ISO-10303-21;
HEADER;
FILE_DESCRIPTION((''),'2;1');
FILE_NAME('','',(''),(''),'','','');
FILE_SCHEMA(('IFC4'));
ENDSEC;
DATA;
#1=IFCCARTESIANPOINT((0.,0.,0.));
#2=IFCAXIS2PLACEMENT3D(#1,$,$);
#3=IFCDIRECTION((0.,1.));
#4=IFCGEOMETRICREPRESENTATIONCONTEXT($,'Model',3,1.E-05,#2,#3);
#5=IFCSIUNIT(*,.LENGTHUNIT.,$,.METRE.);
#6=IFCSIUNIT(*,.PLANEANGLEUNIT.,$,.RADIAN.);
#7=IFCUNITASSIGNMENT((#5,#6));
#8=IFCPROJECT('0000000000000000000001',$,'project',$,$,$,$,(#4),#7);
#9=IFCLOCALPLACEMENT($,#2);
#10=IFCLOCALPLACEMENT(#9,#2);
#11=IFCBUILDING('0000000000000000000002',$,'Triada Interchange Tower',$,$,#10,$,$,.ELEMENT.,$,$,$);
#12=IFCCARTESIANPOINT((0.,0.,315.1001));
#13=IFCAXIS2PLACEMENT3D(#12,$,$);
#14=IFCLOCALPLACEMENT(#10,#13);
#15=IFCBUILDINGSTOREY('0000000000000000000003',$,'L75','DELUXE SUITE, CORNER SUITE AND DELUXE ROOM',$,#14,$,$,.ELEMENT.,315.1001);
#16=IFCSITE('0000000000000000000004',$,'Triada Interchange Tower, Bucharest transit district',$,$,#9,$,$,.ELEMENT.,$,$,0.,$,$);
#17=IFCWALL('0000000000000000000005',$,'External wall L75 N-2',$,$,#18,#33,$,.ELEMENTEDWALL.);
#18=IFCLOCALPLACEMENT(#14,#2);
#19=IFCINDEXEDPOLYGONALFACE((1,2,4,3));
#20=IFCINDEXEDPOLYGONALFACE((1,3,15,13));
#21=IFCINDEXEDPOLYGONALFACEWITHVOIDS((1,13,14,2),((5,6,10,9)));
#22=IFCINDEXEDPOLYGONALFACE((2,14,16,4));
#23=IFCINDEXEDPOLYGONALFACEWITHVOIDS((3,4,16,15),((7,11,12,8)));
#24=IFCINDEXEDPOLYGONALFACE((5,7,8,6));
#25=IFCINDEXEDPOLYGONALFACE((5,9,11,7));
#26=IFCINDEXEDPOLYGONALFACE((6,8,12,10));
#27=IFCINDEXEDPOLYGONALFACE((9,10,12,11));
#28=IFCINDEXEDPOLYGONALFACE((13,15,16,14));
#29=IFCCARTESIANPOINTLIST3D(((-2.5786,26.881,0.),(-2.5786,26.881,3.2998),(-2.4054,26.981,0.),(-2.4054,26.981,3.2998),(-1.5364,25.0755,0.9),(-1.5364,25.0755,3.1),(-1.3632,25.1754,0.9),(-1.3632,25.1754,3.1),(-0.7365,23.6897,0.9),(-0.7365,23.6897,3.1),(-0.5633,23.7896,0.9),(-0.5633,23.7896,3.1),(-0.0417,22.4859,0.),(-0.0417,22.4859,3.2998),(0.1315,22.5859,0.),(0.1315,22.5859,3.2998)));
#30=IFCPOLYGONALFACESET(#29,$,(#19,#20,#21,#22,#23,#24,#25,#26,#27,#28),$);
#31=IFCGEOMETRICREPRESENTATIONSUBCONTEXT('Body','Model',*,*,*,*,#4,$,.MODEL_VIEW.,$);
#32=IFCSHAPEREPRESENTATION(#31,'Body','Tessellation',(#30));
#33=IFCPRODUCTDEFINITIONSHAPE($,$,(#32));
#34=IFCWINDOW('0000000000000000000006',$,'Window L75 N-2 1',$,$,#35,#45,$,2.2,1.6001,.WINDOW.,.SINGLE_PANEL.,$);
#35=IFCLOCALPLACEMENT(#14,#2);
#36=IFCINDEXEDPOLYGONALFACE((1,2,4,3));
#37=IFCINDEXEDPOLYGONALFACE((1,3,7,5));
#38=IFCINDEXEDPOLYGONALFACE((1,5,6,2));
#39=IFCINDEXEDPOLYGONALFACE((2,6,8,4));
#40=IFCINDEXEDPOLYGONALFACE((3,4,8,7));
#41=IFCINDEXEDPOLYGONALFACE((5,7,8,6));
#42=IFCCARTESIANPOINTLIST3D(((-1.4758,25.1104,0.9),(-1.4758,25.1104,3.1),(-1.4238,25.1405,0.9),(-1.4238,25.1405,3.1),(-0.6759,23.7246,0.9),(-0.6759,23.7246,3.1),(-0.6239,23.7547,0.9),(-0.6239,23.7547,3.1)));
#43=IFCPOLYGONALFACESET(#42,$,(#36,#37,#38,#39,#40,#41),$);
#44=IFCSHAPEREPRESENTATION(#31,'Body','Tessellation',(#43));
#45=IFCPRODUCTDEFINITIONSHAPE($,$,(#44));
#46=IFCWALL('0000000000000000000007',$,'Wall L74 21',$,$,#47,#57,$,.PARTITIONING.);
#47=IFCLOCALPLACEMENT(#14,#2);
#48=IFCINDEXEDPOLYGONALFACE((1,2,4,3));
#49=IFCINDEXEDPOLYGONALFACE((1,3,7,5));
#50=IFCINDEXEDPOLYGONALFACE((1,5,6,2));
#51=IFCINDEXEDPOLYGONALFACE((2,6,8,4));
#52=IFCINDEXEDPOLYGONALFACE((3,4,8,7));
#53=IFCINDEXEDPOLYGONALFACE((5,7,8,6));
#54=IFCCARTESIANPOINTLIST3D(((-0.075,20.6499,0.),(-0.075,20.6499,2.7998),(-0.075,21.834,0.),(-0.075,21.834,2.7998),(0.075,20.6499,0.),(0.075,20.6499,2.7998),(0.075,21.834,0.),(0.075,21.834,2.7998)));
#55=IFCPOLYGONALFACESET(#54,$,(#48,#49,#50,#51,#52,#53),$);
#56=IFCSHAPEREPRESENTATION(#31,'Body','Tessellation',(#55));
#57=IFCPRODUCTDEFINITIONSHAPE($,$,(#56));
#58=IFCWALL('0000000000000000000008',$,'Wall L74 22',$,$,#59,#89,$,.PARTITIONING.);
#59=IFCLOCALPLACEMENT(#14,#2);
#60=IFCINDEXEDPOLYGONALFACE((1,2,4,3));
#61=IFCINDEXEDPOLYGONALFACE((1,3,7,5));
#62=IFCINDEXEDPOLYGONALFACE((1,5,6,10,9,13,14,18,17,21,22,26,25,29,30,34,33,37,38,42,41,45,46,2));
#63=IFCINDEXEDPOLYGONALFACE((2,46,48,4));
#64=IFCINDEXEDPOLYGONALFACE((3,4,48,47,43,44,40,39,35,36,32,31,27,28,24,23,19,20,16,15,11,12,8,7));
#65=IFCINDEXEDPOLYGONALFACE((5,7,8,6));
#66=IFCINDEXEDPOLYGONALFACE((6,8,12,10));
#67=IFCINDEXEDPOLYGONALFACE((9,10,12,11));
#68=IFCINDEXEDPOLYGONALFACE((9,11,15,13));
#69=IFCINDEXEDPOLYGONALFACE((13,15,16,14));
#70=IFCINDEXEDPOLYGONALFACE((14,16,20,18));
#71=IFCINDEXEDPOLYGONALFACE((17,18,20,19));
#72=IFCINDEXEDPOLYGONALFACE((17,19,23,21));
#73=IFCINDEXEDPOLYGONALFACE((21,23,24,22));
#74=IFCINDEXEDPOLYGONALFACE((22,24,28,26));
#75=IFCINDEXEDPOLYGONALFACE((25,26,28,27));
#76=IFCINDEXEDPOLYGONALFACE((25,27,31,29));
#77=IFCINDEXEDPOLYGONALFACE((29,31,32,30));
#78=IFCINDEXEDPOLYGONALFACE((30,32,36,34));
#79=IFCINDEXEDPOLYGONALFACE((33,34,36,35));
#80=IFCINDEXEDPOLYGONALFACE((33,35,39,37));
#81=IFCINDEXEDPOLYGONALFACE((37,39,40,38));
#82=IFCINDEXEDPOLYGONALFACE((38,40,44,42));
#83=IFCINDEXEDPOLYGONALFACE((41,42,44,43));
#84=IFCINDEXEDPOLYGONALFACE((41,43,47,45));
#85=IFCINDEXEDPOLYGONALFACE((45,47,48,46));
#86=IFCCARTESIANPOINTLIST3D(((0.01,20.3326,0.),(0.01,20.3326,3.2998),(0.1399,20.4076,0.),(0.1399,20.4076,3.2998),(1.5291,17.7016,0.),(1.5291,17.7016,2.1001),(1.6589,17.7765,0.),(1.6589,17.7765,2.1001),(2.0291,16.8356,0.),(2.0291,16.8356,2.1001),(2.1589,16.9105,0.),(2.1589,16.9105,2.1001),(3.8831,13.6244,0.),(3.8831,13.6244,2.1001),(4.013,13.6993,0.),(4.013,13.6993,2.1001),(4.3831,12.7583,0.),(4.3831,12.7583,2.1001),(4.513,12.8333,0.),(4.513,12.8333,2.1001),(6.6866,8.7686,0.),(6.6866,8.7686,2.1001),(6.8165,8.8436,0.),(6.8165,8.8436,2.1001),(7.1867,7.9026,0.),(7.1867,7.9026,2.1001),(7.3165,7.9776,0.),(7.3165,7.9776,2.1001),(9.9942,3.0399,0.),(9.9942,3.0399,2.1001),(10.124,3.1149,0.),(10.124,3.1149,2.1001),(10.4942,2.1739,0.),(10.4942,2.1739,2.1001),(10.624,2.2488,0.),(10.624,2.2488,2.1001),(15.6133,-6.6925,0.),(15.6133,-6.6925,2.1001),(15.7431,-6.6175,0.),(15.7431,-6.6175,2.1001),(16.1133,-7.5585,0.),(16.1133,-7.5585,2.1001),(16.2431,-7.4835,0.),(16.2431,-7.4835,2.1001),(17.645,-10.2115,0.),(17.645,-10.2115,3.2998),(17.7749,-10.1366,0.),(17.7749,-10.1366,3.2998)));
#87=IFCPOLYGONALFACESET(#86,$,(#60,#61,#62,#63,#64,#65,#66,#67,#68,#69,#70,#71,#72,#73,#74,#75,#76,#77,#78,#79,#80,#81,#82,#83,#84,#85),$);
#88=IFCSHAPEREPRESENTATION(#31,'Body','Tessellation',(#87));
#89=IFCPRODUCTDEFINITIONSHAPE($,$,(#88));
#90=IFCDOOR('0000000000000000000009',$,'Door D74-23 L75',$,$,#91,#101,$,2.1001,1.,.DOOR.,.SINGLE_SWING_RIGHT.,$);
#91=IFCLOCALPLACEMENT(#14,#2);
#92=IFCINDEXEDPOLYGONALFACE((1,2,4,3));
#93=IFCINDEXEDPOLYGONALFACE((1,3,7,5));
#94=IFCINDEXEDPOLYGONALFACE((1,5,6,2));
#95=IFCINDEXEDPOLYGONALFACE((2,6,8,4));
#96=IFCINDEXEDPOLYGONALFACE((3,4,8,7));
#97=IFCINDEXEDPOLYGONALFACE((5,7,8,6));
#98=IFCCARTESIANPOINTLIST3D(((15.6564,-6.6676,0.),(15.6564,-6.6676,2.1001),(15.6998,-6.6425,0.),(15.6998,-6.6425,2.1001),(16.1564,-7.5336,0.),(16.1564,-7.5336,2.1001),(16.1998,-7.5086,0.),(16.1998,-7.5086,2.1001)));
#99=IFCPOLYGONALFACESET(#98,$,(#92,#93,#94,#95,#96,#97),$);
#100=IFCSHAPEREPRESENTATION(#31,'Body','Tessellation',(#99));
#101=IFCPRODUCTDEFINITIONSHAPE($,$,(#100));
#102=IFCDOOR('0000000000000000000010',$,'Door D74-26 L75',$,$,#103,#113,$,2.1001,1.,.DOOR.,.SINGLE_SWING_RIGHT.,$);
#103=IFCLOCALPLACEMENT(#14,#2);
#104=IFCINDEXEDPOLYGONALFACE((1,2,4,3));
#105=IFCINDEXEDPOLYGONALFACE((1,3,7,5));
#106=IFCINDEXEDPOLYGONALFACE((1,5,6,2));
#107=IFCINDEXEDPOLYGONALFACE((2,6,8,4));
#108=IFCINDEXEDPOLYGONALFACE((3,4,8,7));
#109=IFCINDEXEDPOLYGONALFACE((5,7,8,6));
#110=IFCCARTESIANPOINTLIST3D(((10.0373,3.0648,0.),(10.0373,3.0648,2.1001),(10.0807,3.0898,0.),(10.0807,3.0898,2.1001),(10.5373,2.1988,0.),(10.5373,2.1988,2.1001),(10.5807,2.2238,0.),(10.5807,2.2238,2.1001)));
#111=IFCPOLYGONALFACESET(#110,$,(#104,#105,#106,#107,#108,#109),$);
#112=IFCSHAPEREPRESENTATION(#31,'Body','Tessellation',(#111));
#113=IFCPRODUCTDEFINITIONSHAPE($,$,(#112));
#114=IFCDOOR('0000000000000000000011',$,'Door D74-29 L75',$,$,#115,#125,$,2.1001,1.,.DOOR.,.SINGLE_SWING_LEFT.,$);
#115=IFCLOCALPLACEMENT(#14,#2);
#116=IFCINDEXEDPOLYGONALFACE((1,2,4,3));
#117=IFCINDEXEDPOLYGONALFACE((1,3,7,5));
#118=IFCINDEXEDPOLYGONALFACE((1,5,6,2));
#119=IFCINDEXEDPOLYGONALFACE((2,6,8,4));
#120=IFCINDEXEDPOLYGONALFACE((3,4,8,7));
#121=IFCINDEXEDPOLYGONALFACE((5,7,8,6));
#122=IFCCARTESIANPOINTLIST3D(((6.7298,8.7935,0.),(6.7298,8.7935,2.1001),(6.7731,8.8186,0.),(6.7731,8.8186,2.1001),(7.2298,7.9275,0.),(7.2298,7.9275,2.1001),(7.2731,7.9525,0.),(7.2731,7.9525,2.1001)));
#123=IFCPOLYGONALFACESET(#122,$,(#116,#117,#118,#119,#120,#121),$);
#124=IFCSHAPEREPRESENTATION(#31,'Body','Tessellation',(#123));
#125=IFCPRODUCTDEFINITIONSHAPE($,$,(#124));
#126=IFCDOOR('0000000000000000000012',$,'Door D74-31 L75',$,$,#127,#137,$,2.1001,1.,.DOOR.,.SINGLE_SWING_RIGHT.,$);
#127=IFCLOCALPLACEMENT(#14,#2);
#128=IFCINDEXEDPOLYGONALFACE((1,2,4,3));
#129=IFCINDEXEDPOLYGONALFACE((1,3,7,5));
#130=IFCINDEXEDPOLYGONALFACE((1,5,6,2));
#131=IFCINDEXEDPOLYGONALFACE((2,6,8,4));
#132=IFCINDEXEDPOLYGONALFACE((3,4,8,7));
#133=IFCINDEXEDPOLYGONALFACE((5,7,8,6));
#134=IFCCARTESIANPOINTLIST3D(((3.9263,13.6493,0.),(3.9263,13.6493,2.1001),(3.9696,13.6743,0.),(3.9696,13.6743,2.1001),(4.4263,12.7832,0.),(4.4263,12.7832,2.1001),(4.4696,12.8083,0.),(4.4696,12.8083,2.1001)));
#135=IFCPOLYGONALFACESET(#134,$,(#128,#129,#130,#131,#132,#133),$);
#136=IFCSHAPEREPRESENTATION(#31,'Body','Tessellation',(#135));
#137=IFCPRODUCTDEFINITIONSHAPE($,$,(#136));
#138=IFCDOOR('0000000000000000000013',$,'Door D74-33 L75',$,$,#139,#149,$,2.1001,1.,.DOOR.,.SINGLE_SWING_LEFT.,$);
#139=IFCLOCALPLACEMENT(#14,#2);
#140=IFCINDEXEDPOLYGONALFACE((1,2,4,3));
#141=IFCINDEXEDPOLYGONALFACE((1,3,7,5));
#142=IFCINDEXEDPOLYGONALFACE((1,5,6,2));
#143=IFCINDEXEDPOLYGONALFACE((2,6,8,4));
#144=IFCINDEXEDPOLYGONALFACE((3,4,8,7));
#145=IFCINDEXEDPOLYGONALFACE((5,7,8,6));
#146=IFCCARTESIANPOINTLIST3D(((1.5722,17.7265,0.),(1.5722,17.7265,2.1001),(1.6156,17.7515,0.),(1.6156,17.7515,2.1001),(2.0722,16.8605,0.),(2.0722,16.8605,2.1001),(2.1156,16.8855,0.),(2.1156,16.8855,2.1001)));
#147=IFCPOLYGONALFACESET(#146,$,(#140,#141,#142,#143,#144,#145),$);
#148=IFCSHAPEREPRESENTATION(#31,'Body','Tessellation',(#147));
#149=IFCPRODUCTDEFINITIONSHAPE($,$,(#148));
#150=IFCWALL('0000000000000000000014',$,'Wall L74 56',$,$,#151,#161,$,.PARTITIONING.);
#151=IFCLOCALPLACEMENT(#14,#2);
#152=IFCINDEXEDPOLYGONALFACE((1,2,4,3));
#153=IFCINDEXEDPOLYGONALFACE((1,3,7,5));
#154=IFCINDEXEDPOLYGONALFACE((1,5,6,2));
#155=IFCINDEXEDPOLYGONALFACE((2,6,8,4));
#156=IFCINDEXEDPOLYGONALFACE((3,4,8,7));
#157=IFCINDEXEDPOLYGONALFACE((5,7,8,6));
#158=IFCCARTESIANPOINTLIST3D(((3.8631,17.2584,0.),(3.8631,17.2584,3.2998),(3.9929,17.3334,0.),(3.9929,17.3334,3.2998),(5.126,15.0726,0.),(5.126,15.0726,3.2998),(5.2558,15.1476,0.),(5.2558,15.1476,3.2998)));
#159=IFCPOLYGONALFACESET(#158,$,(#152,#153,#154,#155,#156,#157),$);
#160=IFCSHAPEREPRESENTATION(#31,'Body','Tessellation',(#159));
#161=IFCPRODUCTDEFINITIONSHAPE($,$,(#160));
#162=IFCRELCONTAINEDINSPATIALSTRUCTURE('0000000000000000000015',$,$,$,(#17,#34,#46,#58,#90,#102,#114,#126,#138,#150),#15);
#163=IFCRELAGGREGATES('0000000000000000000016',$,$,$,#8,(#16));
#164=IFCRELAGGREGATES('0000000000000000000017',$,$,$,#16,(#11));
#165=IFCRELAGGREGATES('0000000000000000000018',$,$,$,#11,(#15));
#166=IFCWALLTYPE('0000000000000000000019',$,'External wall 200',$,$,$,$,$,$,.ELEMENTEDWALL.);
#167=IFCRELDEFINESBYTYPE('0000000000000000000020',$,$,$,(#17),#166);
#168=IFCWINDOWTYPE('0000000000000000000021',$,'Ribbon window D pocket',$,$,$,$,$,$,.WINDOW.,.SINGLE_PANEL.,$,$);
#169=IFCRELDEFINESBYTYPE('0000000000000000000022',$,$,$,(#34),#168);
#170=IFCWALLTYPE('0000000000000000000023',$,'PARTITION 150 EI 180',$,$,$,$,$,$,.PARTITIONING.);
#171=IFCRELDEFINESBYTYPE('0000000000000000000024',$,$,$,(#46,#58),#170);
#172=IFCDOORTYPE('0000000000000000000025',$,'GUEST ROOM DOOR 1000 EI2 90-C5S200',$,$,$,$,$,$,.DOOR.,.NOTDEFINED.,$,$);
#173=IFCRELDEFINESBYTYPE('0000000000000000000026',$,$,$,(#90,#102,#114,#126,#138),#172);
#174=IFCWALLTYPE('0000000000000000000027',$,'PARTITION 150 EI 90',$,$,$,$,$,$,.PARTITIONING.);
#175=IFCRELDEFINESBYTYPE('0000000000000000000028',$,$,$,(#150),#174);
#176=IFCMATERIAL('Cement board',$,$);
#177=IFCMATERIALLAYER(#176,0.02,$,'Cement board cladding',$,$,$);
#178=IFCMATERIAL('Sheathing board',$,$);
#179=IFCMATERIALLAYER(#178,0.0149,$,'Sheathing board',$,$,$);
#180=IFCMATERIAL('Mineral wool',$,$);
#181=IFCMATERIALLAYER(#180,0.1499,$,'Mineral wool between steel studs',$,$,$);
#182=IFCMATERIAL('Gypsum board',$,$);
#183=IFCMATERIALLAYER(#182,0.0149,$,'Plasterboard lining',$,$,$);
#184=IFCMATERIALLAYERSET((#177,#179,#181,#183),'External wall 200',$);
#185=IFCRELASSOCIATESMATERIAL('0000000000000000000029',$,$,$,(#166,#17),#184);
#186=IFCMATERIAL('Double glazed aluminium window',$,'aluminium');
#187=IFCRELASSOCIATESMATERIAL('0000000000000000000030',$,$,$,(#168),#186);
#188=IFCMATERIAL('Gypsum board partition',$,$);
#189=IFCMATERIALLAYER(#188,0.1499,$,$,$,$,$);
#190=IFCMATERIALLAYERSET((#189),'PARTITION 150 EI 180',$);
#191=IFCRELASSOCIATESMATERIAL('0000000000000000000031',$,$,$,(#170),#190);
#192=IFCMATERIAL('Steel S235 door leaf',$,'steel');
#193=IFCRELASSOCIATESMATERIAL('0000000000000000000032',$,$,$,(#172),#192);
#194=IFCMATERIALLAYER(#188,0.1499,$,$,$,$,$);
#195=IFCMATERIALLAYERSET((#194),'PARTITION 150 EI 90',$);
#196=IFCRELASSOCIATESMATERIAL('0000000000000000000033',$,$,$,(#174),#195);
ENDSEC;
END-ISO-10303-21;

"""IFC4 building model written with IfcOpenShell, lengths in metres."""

from ifc_helpers import new_model, si_unit, direction, frame, frame_2d, origin, place, context, subcontext, project, spatial, rectangle, extrude, material, layer, layer_set, layer_usage, type_object, element, fill, save


model = new_model("IFC4")

# Units and contexts
model_context = context("Model", 3, precision=1e-05, world=origin(), true_north=direction((0.0, 1.0)))
body_context = subcontext(model_context, "Body", "Model", "MODEL_VIEW")
ifc_project = project(units=[si_unit("LENGTHUNIT", "METRE"), si_unit("PLANEANGLEUNIT", "RADIAN")], contexts=[model_context])

# Site, building, storey
site_placement = place(None, origin())
site = spatial("IfcSite", under=ifc_project, at=site_placement, Name="Triada Interchange Tower, Bucharest transit district", CompositionType="ELEMENT", RefElevation=0.0)
building_placement = place(site_placement, origin())
building = spatial("IfcBuilding", under=site, at=building_placement, Name="Triada Interchange Tower", CompositionType="ELEMENT")
storey_placement = place(building_placement, frame((0.0, 0.0, 315.1001)))
storey = spatial("IfcBuildingStorey", under=building, at=storey_placement, Name="L75", Description="DELUXE SUITE, CORNER SUITE AND DELUXE ROOM", CompositionType="ELEMENT", Elevation=315.1001)

# Wall, opening, window
ifc_material_1 = material(Name="Cement board")
ifc_layer_1 = layer(ifc_material_1, 0.02, Name="Cement board cladding")
ifc_material_2 = material(Name="Sheathing board")
ifc_layer_2 = layer(ifc_material_2, 0.0149, Name="Sheathing board")
ifc_material_3 = material(Name="Mineral wool")
ifc_layer_3 = layer(ifc_material_3, 0.1499, Name="Mineral wool between steel studs")
ifc_material_4 = material(Name="Gypsum board")
ifc_layer_4 = layer(ifc_material_4, 0.0149, Name="Plasterboard lining")
ifc_layer_set_1 = layer_set([ifc_layer_1, ifc_layer_2, ifc_layer_3, ifc_layer_4], Name="External wall 200")
ifc_layer_usage = layer_usage(ifc_layer_set_1, "AXIS2", "POSITIVE", -0.1001)
wall_type_1 = type_object("IfcWallType", Name="External wall 200", PredefinedType="ELEMENTEDWALL", material=ifc_layer_set_1)
ifc_material_5 = material(Name="Double glazed aluminium window", Category="aluminium")
window_type = type_object("IfcWindowType", Name="Ribbon window D pocket", PartitioningType="SINGLE_PANEL", PredefinedType="WINDOW", material=ifc_material_5)
wall_1_placement = place(storey_placement, frame((0.0449, 22.5359, 0.0), z_axis=(0.0, 0.0, 1.0), x_axis=(-0.499911, 0.866077, 0.0)))
wall_1 = element("IfcWall", 1, at=wall_1_placement, inside=storey, type_object=wall_type_1, material=ifc_layer_usage, Name="External wall L75 N-2", PredefinedType="ELEMENTEDWALL", context=body_context, shape_type="SweptSolid", body=[
    extrude(rectangle(XDim=5.0747, YDim=0.2, at=frame_2d((2.5374, 0.0))), origin(), (0.0, 0.0, 1.0), 3.2998),
])
opening_1_placement = place(wall_1_placement, frame((1.3899, 0.0, 0.8999)))
opening_1 = element("IfcOpeningElement", 2, at=opening_1_placement, cuts=wall_1, PredefinedType="OPENING", context=body_context, shape_type="SweptSolid", body=[
    extrude(rectangle(XDim=1.6001, YDim=2.2, at=frame_2d((0.8, 1.1001))), frame((0.0, 0.1099, 0.0), z_axis=(0.0, -1.0, 0.0), x_axis=(1.0, 0.0, 0.0)), (0.0, 0.0, 1.0), 0.22),
])
window_1_placement = place(opening_1_placement, origin())
window_1 = element("IfcWindow", 3, at=window_1_placement, inside=storey, type_object=window_type, Name="Window L75 N-2 1", OverallHeight=2.2, OverallWidth=1.6001, PartitioningType="SINGLE_PANEL", PredefinedType="WINDOW", context=body_context, shape_type="SweptSolid", body=[
    extrude(rectangle(XDim=1.6001, YDim=2.2, at=frame_2d((0.8, 1.1001))), frame((0.0, 0.03, 0.0), z_axis=(0.0, -1.0, 0.0), x_axis=(1.0, 0.0, 0.0)), (0.0, 0.0, 1.0), 0.0601),
])
fill(opening_1, window_1)

# Wall
ifc_material_6 = material(Name="Gypsum board partition")
ifc_layer_5 = layer(ifc_material_6, 0.1499)
ifc_layer_set_2 = layer_set([ifc_layer_5], Name="PARTITION 150 EI 180")
wall_type_2 = type_object("IfcWallType", Name="PARTITION 150 EI 180", PredefinedType="PARTITIONING", material=ifc_layer_set_2)
wall_2_placement = place(storey_placement, frame((0.0, 20.6499, 0.0), z_axis=(0.0, 0.0, 1.0), x_axis=(0.0, 1.0, 0.0)))
element("IfcWall", 4, at=wall_2_placement, inside=storey, type_object=wall_type_2, Name="Wall L74 21", PredefinedType="PARTITIONING", context=body_context, shape_type="SweptSolid", body=[
    extrude(rectangle(XDim=1.1841, YDim=0.1499, at=frame_2d((0.592, 0.0))), origin(), (0.0, 0.0, 1.0), 2.7998),
])

# Wall, openings, doors
wall_3_placement = place(storey_placement, frame((0.075, 20.3701, 0.0), z_axis=(0.0, 0.0, 1.0), x_axis=(0.500007, -0.866022, 0.0)))
wall_3 = element("IfcWall", 5, at=wall_3_placement, inside=storey, type_object=wall_type_2, Name="Wall L74 22", PredefinedType="PARTITIONING", context=body_context, shape_type="SweptSolid", body=[
    extrude(rectangle(XDim=35.2695, YDim=0.1499, at=frame_2d((17.6348, 0.0))), origin(), (0.0, 0.0, 1.0), 3.2998),
])
opening_2_placement = place(wall_3_placement, frame((31.2061, 0.0, 0.0)))
opening_2 = element("IfcOpeningElement", 6, at=opening_2_placement, cuts=wall_3, PredefinedType="OPENING", context=body_context, shape_type="SweptSolid", body=[
    extrude(rectangle(XDim=1.0, YDim=2.1001, at=frame_2d((0.5, 1.05))), frame((0.0, 0.085, 0.0), z_axis=(0.0, -1.0, 0.0), x_axis=(1.0, 0.0, 0.0)), (0.0, 0.0, 1.0), 0.1699),
])
opening_3_placement = place(wall_3_placement, frame((19.968, 0.0, 0.0)))
opening_3 = element("IfcOpeningElement", 7, at=opening_3_placement, cuts=wall_3, PredefinedType="OPENING", context=body_context, shape_type="SweptSolid", body=[
    extrude(rectangle(XDim=1.0, YDim=2.1001, at=frame_2d((0.5, 1.05))), frame((0.0, 0.085, 0.0), z_axis=(0.0, -1.0, 0.0), x_axis=(1.0, 0.0, 0.0)), (0.0, 0.0, 1.0), 0.1699),
])
opening_4_placement = place(wall_3_placement, frame((13.353, 0.0, 0.0)))
opening_4 = element("IfcOpeningElement", 8, at=opening_4_placement, cuts=wall_3, PredefinedType="OPENING", context=body_context, shape_type="SweptSolid", body=[
    extrude(rectangle(XDim=1.0, YDim=2.1001, at=frame_2d((0.5, 1.05))), frame((0.0, 0.085, 0.0), z_axis=(0.0, -1.0, 0.0), x_axis=(1.0, 0.0, 0.0)), (0.0, 0.0, 1.0), 0.1699),
])
opening_5_placement = place(wall_3_placement, frame((7.7461, 0.0, 0.0)))
opening_5 = element("IfcOpeningElement", 9, at=opening_5_placement, cuts=wall_3, PredefinedType="OPENING", context=body_context, shape_type="SweptSolid", body=[
    extrude(rectangle(XDim=1.0, YDim=2.1001, at=frame_2d((0.5, 1.05))), frame((0.0, 0.085, 0.0), z_axis=(0.0, -1.0, 0.0), x_axis=(1.0, 0.0, 0.0)), (0.0, 0.0, 1.0), 0.1699),
])
opening_6_placement = place(wall_3_placement, frame((3.0381, 0.0, 0.0)))
opening_6 = element("IfcOpeningElement", 10, at=opening_6_placement, cuts=wall_3, PredefinedType="OPENING", context=body_context, shape_type="SweptSolid", body=[
    extrude(rectangle(XDim=1.0, YDim=2.1001, at=frame_2d((0.5, 1.05))), frame((0.0, 0.085, 0.0), z_axis=(0.0, -1.0, 0.0), x_axis=(1.0, 0.0, 0.0)), (0.0, 0.0, 1.0), 0.1699),
])
ifc_material_7 = material(Name="Steel S235 door leaf", Category="steel")
door_type_1 = type_object("IfcDoorType", Name="GUEST ROOM DOOR 1000 EI2 90-C5S200", OperationType="NOTDEFINED", PredefinedType="DOOR", material=ifc_material_7)
door_1_placement = place(opening_2_placement, origin())
door_1 = element("IfcDoor", 11, at=door_1_placement, inside=storey, type_object=door_type_1, Name="Door D74-23 L75", OperationType="SINGLE_SWING_RIGHT", OverallHeight=2.1001, OverallWidth=1.0, PredefinedType="DOOR", context=body_context, shape_type="SweptSolid", body=[
    extrude(rectangle(XDim=1.0, YDim=2.1001, at=frame_2d((0.5, 1.05))), frame((0.0, 0.0249, 0.0), z_axis=(0.0, -1.0, 0.0), x_axis=(1.0, 0.0, 0.0)), (0.0, 0.0, 1.0), 0.05),
])
fill(opening_2, door_1)
door_2_placement = place(opening_3_placement, origin())
door_2 = element("IfcDoor", 12, at=door_2_placement, inside=storey, type_object=door_type_1, Name="Door D74-26 L75", OperationType="SINGLE_SWING_RIGHT", OverallHeight=2.1001, OverallWidth=1.0, PredefinedType="DOOR", context=body_context, shape_type="SweptSolid", body=[
    extrude(rectangle(XDim=1.0, YDim=2.1001, at=frame_2d((0.5, 1.05))), frame((0.0, 0.0249, 0.0), z_axis=(0.0, -1.0, 0.0), x_axis=(1.0, 0.0, 0.0)), (0.0, 0.0, 1.0), 0.05),
])
fill(opening_3, door_2)
door_3_placement = place(opening_4_placement, origin())
door_3 = element("IfcDoor", 13, at=door_3_placement, inside=storey, type_object=door_type_1, Name="Door D74-29 L75", OperationType="SINGLE_SWING_LEFT", OverallHeight=2.1001, OverallWidth=1.0, PredefinedType="DOOR", context=body_context, shape_type="SweptSolid", body=[
    extrude(rectangle(XDim=1.0, YDim=2.1001, at=frame_2d((0.5, 1.05))), frame((0.0, 0.0249, 0.0), z_axis=(0.0, -1.0, 0.0), x_axis=(1.0, 0.0, 0.0)), (0.0, 0.0, 1.0), 0.05),
])
fill(opening_4, door_3)
door_4_placement = place(opening_5_placement, origin())
door_4 = element("IfcDoor", 14, at=door_4_placement, inside=storey, type_object=door_type_1, Name="Door D74-31 L75", OperationType="SINGLE_SWING_RIGHT", OverallHeight=2.1001, OverallWidth=1.0, PredefinedType="DOOR", context=body_context, shape_type="SweptSolid", body=[
    extrude(rectangle(XDim=1.0, YDim=2.1001, at=frame_2d((0.5, 1.05))), frame((0.0, 0.0249, 0.0), z_axis=(0.0, -1.0, 0.0), x_axis=(1.0, 0.0, 0.0)), (0.0, 0.0, 1.0), 0.05),
])
fill(opening_5, door_4)
door_5_placement = place(opening_6_placement, origin())
door_5 = element("IfcDoor", 15, at=door_5_placement, inside=storey, type_object=door_type_1, Name="Door D74-33 L75", OperationType="SINGLE_SWING_LEFT", OverallHeight=2.1001, OverallWidth=1.0, PredefinedType="DOOR", context=body_context, shape_type="SweptSolid", body=[
    extrude(rectangle(XDim=1.0, YDim=2.1001, at=frame_2d((0.5, 1.05))), frame((0.0, 0.0249, 0.0), z_axis=(0.0, -1.0, 0.0), x_axis=(1.0, 0.0, 0.0)), (0.0, 0.0, 1.0), 0.05),
])
fill(opening_6, door_5)

# Wall
ifc_layer_6 = layer(ifc_material_6, 0.1499)
ifc_layer_set_3 = layer_set([ifc_layer_6], Name="PARTITION 150 EI 90")
wall_type_3 = type_object("IfcWallType", Name="PARTITION 150 EI 90", PredefinedType="PARTITIONING", material=ifc_layer_set_3)
wall_4_placement = place(storey_placement, frame((3.928, 17.2959, 0.0), z_axis=(0.0, 0.0, 1.0), x_axis=(0.500289, -0.865859, 0.0)))
element("IfcWall", 16, at=wall_4_placement, inside=storey, type_object=wall_type_3, Name="Wall L74 56", PredefinedType="PARTITIONING", context=body_context, shape_type="SweptSolid", body=[
    extrude(rectangle(XDim=2.5244, YDim=0.1499, at=frame_2d((1.2622, 0.0))), origin(), (0.0, 0.0, 1.0), 3.2998),
])

save(model, "model.ifc")
